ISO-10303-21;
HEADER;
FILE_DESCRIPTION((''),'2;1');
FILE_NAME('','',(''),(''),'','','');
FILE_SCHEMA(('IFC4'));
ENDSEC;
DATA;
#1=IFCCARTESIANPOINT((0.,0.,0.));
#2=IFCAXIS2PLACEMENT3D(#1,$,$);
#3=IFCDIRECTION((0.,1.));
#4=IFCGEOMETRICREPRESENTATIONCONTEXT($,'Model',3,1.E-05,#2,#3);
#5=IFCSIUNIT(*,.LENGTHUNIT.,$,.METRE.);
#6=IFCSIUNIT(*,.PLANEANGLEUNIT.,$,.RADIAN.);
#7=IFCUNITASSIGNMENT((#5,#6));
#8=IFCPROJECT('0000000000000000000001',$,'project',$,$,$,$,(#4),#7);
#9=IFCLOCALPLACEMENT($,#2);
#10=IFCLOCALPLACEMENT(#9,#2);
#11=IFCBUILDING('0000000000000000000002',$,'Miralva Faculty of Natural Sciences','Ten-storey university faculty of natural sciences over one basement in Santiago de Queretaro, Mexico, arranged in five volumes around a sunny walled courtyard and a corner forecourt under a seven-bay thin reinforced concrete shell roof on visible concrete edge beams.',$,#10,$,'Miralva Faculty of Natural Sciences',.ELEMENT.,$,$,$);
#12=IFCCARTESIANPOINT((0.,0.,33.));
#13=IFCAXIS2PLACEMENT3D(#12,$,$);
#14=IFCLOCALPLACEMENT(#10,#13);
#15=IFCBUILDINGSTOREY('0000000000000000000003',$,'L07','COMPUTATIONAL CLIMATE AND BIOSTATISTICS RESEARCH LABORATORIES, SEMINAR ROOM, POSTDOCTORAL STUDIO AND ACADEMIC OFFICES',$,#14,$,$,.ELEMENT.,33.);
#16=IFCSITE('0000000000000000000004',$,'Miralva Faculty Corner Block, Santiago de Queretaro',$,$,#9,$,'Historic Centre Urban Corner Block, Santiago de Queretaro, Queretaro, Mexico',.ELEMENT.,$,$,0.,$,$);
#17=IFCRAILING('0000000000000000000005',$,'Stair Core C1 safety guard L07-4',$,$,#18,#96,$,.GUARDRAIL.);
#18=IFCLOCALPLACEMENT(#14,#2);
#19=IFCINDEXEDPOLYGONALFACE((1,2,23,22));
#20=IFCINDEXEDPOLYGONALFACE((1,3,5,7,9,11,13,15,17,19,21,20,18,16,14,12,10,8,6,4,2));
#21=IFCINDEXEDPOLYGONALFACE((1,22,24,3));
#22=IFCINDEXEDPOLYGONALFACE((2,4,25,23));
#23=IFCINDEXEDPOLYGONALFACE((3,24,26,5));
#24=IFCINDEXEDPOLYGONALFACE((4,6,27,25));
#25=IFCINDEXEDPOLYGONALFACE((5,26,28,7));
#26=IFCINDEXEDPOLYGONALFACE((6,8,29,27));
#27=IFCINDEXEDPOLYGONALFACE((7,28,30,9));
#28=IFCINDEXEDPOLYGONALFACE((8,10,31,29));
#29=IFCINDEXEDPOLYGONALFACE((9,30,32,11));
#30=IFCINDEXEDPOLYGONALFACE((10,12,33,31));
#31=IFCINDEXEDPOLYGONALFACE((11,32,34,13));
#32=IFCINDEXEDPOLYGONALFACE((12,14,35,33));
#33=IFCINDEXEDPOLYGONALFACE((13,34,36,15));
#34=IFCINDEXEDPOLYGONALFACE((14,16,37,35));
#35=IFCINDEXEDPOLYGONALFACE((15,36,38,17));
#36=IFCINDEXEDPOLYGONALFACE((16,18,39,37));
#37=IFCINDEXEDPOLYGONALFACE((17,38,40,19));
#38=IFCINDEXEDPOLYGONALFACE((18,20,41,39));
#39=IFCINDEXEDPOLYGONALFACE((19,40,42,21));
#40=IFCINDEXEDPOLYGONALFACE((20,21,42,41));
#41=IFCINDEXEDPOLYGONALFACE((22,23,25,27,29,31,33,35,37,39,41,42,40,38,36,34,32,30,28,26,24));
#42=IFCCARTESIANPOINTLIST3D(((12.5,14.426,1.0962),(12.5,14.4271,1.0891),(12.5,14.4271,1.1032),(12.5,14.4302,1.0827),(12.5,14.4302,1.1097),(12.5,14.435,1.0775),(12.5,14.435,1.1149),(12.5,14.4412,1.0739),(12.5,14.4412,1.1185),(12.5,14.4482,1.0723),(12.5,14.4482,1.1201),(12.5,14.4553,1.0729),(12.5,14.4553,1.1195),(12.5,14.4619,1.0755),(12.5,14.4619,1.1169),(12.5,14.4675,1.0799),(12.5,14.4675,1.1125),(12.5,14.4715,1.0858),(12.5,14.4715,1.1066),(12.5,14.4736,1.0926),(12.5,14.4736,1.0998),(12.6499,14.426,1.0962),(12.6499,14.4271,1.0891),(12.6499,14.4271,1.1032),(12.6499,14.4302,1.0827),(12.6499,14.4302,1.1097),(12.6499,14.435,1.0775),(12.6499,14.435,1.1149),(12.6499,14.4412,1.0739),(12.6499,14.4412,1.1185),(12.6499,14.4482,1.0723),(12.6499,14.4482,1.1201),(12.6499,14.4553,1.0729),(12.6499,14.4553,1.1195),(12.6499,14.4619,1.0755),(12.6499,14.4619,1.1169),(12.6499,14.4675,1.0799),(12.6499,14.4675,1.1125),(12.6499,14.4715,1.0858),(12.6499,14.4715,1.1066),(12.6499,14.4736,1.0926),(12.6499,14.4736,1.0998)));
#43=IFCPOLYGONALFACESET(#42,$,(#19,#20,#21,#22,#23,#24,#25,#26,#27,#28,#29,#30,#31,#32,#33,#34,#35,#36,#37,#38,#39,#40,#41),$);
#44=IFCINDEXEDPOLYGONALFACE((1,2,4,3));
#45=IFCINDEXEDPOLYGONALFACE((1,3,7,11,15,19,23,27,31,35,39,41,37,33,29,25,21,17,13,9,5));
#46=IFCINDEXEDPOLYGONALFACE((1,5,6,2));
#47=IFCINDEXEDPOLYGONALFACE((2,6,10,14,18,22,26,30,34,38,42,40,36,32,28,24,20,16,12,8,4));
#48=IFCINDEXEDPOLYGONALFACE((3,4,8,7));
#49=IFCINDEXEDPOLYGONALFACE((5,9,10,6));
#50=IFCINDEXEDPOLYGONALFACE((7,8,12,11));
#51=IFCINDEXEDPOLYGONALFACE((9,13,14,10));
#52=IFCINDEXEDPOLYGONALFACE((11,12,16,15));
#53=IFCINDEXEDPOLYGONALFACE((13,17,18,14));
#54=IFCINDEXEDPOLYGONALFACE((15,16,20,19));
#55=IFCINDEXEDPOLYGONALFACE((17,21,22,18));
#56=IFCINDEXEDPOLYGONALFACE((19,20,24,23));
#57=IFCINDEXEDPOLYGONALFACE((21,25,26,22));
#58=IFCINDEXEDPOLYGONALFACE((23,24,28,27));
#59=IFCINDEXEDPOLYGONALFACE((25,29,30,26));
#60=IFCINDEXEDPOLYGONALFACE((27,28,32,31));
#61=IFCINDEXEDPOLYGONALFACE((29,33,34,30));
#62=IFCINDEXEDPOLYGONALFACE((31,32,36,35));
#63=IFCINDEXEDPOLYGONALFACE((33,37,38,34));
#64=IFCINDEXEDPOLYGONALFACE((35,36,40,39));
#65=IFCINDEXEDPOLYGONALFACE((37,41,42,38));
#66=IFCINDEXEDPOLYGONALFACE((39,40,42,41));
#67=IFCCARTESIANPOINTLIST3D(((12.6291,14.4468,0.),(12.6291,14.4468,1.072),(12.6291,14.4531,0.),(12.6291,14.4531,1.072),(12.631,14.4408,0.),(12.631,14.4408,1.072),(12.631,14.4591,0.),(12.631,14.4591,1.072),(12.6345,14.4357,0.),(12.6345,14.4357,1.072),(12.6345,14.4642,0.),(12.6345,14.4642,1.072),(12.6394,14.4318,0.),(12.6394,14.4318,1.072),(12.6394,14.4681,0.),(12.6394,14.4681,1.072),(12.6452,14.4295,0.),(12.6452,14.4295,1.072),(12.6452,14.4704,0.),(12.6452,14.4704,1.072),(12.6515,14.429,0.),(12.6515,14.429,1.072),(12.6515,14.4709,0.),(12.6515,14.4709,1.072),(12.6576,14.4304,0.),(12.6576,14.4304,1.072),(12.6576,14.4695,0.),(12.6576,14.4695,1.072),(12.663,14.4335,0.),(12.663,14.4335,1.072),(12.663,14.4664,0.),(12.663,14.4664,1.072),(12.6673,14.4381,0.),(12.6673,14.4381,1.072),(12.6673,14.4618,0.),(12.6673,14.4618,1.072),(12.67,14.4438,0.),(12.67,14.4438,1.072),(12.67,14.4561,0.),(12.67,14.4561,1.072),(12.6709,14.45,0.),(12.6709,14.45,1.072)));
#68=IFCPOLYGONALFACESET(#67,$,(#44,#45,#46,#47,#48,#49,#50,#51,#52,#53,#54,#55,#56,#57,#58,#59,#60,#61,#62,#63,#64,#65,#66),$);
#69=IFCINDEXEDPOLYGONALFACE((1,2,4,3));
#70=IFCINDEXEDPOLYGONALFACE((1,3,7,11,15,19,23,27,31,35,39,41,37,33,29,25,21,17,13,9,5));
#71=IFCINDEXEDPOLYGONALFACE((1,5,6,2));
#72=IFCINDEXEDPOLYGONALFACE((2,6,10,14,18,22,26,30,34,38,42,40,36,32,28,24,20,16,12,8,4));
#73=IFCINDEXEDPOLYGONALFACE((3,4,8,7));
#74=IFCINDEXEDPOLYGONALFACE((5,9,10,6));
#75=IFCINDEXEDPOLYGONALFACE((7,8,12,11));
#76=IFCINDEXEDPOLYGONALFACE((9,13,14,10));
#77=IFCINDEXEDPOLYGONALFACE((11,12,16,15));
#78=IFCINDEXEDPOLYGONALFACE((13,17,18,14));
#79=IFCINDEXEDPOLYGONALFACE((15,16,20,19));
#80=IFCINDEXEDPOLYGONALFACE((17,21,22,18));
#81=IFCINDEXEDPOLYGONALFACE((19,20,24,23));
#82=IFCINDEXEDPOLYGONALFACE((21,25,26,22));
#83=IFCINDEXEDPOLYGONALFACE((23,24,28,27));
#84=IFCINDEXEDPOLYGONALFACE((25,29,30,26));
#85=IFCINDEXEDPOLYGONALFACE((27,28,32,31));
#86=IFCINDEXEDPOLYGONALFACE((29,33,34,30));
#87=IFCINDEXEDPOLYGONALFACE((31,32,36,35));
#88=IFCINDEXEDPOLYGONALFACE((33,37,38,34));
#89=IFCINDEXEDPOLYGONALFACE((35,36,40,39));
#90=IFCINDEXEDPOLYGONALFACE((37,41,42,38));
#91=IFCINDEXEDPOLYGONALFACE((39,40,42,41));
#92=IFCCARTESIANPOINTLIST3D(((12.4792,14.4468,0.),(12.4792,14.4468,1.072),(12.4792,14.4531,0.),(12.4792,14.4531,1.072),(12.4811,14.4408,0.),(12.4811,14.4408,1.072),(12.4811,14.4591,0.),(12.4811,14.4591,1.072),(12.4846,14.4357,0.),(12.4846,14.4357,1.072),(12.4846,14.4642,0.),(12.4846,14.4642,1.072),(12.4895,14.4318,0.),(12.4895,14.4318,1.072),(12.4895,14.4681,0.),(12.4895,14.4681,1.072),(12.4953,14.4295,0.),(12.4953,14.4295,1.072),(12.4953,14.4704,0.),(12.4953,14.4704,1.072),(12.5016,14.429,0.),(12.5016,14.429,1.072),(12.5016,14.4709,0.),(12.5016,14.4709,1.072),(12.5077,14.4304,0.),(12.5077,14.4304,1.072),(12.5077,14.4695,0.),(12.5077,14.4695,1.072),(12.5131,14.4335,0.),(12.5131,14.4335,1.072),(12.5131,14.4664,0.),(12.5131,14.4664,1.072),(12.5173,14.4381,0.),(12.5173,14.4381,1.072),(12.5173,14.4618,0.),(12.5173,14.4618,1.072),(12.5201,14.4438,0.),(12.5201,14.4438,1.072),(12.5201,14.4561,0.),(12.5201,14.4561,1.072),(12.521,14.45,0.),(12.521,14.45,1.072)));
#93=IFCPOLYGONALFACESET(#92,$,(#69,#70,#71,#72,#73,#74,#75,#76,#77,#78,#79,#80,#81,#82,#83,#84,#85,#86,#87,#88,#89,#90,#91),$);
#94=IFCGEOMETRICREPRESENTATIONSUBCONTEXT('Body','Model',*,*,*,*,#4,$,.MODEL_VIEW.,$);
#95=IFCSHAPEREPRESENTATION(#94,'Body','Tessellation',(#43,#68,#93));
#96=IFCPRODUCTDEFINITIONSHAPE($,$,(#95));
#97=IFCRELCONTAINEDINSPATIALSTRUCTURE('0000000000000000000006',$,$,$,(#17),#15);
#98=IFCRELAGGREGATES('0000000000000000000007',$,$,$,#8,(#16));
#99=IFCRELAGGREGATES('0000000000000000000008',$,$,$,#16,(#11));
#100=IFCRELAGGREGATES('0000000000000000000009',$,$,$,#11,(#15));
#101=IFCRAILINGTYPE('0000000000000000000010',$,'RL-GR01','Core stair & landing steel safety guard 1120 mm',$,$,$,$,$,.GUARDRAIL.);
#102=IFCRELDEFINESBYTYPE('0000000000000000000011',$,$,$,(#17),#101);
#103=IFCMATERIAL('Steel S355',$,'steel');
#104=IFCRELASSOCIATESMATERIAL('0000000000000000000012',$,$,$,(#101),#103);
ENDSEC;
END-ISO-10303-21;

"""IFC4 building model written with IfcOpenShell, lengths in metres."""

from ifc_helpers import new_model, si_unit, direction, frame, origin, origin_2d, place, context, subcontext, project, spatial, circle, extrude, material, type_object, element, save


model = new_model("IFC4")

# Units and contexts
model_context = context("Model", 3, precision=1e-05, world=origin(), true_north=direction((0.0, 1.0)))
body_context = subcontext(model_context, "Body", "Model", "MODEL_VIEW")
ifc_project = project(units=[si_unit("LENGTHUNIT", "METRE"), si_unit("PLANEANGLEUNIT", "RADIAN")], contexts=[model_context])

# Site, building, storey
site_placement = place(None, origin())
site = spatial("IfcSite", under=ifc_project, at=site_placement, Name="Miralva Faculty Corner Block, Santiago de Queretaro", LongName="Historic Centre Urban Corner Block, Santiago de Queretaro, Queretaro, Mexico", CompositionType="ELEMENT", RefElevation=0.0)
building_placement = place(site_placement, origin())
building = spatial("IfcBuilding", under=site, at=building_placement, Name="Miralva Faculty of Natural Sciences", Description="Ten-storey university faculty of natural sciences over one basement in Santiago de Queretaro, Mexico, arranged in five volumes around a sunny walled courtyard and a corner forecourt under a seven-bay thin reinforced concrete shell roof on visible concrete edge beams.", LongName="Miralva Faculty of Natural Sciences", CompositionType="ELEMENT")
storey_placement = place(building_placement, frame((0.0, 0.0, 33.0)))
storey = spatial("IfcBuildingStorey", under=building, at=storey_placement, Name="L07", Description="COMPUTATIONAL CLIMATE AND BIOSTATISTICS RESEARCH LABORATORIES, SEMINAR ROOM, POSTDOCTORAL STUDIO AND ACADEMIC OFFICES", CompositionType="ELEMENT", Elevation=33.0)

# Railing
ifc_material_1 = material(Name="Steel S355", Category="steel")
railing_type_1 = type_object("IfcRailingType", Name="RL-GR01", Description="Core stair & landing steel safety guard 1120 mm", PredefinedType="GUARDRAIL", material=ifc_material_1)
railing_1_placement = place(storey_placement, frame((12.6499, 14.45, 0.0)))
element("IfcRailing", 1, at=railing_1_placement, inside=storey, type_object=railing_type_1, Name="Stair Core C1 safety guard L07-4", PredefinedType="GUARDRAIL", context=body_context, shape_type="SweptSolid", body=[
    extrude(circle(Radius=0.0239, at=origin_2d()), frame((0.0, 0.0, 1.0962), z_axis=(-1.0, 0.0, 0.0), x_axis=(0.0, -1.0, 0.0)), (0.0, 0.0, 1.0), 0.1499),
    extrude(circle(Radius=0.021, at=origin_2d()), origin(), (0.0, 0.0, 1.0), 1.072),
    extrude(circle(Radius=0.021, at=origin_2d()), frame((-0.1499, 0.0, 0.0)), (0.0, 0.0, 1.0), 1.072),
])

save(model, "model.ifc")
